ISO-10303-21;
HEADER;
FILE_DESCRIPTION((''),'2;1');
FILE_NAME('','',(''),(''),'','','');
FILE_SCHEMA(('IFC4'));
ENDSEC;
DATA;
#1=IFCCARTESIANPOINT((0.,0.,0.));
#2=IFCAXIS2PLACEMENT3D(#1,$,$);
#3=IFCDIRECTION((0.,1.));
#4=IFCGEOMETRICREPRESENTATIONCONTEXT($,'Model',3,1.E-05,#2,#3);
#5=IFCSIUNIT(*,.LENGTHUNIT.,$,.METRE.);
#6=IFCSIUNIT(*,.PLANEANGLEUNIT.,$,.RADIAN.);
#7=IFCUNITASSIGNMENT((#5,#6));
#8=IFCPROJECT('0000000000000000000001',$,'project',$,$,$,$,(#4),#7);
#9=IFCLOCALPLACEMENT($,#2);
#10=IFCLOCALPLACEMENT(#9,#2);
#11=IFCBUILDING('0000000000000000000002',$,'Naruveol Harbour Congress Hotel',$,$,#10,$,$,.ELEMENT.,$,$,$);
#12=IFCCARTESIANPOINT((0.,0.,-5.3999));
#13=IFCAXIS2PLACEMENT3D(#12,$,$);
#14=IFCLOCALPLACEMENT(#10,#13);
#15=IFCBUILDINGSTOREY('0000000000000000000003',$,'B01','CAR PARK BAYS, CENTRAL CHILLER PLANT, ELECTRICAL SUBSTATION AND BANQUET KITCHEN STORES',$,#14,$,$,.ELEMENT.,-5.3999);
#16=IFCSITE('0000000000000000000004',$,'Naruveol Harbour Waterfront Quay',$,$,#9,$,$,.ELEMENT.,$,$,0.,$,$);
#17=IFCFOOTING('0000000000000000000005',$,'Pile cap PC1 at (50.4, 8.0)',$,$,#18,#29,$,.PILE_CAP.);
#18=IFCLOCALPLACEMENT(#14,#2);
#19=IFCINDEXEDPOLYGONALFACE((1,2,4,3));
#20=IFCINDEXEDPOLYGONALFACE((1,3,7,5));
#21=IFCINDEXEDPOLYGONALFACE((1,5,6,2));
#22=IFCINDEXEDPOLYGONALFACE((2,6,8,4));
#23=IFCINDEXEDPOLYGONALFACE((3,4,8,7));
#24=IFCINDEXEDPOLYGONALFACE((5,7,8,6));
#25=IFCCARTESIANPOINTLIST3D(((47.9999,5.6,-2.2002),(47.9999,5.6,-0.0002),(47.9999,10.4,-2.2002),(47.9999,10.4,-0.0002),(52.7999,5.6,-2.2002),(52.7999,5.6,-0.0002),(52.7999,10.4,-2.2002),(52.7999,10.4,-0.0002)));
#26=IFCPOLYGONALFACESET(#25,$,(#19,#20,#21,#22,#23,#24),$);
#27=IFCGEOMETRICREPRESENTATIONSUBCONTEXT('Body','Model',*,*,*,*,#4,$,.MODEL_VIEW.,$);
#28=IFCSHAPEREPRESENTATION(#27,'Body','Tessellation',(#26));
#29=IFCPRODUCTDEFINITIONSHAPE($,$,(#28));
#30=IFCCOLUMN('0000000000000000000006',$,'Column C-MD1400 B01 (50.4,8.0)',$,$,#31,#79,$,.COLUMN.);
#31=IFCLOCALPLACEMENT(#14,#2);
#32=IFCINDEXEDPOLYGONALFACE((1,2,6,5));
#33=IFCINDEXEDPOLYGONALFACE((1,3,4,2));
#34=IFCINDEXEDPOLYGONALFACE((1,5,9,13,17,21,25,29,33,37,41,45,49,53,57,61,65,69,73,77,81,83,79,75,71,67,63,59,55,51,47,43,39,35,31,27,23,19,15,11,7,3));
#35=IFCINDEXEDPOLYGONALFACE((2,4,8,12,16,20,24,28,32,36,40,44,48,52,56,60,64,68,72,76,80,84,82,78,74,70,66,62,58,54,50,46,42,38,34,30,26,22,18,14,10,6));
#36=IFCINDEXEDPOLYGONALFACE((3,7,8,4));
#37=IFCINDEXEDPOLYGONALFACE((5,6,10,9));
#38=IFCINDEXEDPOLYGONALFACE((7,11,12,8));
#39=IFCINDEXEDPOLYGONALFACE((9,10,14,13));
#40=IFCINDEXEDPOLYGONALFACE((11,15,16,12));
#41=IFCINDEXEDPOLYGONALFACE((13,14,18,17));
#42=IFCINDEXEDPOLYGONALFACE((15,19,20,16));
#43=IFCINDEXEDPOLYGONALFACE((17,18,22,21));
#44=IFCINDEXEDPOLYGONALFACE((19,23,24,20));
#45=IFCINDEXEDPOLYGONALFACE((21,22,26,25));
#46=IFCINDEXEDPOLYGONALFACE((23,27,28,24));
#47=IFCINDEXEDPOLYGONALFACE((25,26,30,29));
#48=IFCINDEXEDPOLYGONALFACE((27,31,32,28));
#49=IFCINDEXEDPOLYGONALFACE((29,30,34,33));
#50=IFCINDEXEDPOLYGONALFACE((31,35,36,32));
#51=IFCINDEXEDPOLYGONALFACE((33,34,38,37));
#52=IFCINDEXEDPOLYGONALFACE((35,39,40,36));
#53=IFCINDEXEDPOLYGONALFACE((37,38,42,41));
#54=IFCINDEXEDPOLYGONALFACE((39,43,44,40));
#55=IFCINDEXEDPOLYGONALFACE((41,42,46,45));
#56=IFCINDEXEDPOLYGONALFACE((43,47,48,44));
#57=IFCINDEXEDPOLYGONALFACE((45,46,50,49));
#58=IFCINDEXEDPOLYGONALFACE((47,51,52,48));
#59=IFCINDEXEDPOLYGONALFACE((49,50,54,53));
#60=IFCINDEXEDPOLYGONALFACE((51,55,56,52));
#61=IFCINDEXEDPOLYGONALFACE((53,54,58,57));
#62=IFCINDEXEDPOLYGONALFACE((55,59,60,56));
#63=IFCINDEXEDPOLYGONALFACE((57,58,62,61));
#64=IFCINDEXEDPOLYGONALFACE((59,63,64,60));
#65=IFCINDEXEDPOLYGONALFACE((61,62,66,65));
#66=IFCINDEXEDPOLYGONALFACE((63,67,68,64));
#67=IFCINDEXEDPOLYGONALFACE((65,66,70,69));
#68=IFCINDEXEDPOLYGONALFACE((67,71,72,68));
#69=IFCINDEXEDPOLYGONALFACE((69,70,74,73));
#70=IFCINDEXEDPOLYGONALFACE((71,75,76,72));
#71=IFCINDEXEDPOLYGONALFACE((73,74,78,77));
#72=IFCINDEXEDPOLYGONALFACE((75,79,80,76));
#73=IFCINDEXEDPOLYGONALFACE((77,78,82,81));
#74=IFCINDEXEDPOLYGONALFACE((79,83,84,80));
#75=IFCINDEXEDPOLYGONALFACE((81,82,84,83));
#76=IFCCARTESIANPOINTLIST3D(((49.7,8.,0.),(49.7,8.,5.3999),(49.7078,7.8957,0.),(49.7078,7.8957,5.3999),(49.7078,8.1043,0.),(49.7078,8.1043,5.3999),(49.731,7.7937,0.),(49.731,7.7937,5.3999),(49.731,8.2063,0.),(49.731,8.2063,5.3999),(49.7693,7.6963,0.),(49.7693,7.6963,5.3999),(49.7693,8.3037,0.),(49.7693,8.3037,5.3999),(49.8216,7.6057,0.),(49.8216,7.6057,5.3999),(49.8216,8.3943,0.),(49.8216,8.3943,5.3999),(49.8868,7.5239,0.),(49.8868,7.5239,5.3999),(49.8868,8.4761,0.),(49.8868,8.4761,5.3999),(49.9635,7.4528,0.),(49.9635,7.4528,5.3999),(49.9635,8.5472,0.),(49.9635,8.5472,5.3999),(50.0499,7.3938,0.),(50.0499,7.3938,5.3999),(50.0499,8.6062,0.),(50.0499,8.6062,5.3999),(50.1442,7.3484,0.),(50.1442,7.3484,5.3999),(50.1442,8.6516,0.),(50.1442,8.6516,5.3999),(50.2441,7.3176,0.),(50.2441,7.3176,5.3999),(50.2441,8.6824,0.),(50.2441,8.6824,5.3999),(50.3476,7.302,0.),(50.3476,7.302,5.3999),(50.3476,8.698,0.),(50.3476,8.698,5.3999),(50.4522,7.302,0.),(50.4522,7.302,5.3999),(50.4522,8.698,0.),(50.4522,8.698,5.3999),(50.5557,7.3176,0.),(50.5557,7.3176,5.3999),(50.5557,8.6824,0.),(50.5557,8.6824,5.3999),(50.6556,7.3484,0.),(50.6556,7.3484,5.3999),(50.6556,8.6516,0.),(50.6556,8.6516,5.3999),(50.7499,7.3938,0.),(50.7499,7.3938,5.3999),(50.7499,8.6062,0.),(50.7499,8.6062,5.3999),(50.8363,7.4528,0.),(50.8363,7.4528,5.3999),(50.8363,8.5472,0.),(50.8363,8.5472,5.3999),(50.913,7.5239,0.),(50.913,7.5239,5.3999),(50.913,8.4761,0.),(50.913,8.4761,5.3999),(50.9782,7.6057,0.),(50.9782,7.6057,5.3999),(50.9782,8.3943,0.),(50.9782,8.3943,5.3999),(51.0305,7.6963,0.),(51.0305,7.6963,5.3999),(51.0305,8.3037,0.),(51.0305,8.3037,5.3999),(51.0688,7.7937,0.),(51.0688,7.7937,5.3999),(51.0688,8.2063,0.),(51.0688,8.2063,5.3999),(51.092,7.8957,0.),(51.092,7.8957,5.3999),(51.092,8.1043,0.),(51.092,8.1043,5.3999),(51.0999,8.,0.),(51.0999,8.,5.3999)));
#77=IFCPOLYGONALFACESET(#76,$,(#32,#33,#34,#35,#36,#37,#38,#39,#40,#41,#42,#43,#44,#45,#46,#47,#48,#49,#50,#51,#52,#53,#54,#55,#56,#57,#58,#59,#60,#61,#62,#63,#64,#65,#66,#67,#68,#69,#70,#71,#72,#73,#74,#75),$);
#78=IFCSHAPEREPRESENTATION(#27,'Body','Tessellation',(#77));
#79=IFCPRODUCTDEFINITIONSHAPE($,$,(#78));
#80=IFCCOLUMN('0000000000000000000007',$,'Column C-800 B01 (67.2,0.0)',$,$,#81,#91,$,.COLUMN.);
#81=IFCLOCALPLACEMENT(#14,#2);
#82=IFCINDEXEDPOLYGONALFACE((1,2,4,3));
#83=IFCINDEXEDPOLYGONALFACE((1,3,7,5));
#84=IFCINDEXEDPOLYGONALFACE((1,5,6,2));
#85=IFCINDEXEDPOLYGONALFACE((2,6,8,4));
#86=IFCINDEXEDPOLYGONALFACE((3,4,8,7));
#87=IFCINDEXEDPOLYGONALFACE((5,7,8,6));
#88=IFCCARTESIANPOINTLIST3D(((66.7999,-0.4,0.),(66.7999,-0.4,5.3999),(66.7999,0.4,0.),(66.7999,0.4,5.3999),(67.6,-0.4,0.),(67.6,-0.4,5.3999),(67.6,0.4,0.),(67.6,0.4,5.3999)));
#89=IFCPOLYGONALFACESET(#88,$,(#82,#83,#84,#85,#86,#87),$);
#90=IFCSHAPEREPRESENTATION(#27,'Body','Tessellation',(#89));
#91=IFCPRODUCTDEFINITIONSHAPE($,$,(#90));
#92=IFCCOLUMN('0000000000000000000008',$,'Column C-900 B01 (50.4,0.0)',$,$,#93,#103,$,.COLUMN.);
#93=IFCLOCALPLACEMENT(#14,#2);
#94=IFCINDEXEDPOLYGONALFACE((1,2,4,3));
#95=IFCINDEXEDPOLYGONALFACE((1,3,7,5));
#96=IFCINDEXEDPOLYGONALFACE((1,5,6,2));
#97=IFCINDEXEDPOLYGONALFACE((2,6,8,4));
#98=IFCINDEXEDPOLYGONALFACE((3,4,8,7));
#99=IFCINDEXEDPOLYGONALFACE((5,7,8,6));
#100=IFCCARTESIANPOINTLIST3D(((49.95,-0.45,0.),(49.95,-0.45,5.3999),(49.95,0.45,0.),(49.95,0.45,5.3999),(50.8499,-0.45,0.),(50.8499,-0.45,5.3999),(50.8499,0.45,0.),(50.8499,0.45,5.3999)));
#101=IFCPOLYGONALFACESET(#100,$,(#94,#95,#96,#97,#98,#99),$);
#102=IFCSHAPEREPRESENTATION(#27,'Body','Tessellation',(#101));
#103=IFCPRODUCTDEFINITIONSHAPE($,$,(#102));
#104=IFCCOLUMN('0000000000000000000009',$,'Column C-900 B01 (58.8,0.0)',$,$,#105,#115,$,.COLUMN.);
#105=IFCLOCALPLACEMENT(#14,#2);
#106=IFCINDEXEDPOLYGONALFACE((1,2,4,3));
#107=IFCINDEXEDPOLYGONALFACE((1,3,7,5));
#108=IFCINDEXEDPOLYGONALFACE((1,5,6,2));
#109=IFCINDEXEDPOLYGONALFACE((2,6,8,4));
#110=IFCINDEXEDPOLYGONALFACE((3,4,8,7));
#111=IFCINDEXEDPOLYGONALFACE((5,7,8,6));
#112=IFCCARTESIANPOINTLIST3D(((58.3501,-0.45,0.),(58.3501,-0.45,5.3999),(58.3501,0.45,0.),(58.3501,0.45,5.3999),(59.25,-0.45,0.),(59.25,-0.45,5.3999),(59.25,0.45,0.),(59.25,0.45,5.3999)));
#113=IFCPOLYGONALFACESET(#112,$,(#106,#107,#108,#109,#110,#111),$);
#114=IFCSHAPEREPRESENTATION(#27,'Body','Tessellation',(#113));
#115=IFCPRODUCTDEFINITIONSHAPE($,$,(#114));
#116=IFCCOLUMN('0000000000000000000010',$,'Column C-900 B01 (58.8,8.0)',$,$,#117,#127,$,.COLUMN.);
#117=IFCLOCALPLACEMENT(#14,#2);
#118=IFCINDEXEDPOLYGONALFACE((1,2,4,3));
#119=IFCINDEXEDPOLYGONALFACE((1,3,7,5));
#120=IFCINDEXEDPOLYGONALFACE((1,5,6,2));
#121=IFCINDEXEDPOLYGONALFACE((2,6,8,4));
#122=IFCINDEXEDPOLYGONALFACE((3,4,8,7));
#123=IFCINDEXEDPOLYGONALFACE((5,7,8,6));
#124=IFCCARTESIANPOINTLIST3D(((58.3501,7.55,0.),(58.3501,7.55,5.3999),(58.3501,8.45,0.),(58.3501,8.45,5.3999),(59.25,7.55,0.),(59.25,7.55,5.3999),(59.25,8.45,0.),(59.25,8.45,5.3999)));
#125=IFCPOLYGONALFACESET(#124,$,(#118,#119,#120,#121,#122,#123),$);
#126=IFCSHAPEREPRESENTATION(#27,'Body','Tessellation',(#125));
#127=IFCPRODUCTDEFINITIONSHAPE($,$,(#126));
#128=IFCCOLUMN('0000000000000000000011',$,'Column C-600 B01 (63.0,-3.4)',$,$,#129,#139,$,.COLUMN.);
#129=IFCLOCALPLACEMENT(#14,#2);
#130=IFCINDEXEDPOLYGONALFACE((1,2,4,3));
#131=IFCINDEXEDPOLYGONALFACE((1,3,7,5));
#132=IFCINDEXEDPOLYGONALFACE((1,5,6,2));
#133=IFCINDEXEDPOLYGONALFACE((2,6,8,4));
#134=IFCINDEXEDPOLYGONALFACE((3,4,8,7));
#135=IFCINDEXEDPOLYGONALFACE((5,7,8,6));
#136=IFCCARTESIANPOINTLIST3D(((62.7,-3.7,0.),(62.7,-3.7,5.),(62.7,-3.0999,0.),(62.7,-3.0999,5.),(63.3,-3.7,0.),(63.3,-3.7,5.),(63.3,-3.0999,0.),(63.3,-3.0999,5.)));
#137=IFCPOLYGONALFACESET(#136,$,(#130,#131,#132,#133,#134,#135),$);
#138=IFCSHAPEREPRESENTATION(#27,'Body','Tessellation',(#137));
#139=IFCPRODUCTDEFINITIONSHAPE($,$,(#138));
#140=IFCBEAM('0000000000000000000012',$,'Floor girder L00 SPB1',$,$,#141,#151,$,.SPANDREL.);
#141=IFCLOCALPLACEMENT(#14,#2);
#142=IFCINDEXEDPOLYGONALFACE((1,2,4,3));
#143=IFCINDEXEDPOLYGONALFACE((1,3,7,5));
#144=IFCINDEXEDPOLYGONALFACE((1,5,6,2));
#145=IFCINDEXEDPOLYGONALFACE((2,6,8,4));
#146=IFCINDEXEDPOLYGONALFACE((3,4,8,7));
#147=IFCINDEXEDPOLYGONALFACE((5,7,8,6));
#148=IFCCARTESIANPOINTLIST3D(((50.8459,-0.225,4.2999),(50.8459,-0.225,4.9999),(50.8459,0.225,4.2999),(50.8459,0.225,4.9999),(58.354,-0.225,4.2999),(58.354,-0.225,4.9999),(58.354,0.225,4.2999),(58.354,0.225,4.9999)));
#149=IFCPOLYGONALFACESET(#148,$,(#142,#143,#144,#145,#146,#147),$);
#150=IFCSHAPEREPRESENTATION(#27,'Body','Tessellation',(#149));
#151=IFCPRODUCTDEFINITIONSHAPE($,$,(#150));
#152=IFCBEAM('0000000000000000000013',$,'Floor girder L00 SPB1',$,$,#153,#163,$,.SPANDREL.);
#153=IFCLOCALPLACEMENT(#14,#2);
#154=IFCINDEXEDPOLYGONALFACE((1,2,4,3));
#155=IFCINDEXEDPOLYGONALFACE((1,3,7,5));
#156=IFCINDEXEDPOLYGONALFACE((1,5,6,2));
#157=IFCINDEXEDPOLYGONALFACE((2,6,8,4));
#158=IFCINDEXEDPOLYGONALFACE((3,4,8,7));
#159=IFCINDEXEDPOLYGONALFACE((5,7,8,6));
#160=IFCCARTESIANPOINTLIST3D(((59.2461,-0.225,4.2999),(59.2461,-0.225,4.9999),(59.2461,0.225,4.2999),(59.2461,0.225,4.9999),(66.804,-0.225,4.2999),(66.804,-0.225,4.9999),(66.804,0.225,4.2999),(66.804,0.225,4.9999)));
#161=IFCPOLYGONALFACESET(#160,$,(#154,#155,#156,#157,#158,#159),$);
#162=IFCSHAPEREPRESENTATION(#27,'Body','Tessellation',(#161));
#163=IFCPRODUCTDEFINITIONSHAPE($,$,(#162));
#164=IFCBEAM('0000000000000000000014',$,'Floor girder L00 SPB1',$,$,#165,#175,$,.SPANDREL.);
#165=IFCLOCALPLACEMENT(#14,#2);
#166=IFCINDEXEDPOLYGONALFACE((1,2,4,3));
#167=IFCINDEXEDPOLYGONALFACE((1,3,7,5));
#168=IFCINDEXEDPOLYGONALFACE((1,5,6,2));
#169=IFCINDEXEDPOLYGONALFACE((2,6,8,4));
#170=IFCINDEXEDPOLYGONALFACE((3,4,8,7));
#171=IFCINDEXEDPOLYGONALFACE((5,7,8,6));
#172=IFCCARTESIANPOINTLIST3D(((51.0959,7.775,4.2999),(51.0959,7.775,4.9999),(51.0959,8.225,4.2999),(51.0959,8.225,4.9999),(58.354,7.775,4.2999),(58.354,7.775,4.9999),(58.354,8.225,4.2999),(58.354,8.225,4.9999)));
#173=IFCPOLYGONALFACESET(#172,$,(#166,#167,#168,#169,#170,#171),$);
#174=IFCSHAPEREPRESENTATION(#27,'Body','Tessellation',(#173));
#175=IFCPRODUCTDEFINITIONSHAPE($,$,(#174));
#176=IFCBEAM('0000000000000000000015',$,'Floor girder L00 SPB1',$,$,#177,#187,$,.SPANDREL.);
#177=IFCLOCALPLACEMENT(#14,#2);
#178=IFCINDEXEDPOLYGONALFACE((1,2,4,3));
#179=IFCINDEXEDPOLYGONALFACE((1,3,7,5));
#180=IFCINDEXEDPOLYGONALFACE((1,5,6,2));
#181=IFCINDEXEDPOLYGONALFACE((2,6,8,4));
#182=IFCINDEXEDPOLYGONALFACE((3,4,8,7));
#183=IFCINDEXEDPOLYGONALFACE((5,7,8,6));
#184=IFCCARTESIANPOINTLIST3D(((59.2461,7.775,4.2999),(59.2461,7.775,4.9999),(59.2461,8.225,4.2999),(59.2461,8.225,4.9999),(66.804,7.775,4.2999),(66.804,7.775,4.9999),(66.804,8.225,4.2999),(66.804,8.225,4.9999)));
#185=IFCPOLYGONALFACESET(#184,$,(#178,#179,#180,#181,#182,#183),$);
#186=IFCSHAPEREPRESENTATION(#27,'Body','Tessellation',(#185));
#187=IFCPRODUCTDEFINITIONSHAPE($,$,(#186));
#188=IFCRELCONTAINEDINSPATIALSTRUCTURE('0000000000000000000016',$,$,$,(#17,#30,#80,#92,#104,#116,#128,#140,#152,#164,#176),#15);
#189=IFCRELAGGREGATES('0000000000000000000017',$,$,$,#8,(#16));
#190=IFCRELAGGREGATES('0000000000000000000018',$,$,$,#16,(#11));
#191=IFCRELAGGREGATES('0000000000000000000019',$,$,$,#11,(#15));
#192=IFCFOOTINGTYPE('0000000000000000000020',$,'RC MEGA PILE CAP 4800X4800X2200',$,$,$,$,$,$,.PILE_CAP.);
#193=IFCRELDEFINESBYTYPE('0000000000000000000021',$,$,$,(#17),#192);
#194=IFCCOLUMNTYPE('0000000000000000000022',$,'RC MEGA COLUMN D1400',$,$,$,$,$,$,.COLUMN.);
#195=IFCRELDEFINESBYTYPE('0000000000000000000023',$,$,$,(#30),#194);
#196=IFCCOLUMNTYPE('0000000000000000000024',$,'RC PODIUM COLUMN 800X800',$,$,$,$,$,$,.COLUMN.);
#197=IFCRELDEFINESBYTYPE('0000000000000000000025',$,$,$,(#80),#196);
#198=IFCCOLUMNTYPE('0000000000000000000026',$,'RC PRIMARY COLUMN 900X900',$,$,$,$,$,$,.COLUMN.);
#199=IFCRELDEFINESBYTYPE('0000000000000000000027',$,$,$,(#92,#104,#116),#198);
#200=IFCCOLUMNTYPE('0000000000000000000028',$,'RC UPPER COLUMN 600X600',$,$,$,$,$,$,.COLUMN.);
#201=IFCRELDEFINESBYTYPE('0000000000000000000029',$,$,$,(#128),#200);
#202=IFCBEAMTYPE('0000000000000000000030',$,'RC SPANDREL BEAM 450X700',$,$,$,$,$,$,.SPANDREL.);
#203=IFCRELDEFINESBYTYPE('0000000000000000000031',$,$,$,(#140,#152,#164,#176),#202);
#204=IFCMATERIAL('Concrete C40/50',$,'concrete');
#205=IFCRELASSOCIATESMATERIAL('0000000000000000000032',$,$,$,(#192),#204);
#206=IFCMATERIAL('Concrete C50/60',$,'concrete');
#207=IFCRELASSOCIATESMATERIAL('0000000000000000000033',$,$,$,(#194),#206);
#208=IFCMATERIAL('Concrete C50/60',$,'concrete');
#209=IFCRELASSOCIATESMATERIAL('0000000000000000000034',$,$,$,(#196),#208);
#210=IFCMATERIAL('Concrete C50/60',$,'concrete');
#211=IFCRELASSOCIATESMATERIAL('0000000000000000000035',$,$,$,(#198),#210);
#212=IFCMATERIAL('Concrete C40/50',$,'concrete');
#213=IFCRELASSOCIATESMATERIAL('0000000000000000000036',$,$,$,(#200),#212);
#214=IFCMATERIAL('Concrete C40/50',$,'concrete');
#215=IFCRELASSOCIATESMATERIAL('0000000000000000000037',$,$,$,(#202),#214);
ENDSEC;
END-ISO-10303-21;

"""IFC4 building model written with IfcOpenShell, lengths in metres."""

from ifc_helpers import new_model, si_unit, direction, frame, origin, origin_2d, place, context, subcontext, project, spatial, rectangle, circle, extrude, material, material_profile, profile_set, type_object, element, save


model = new_model("IFC4")

# Units and contexts
model_context = context("Model", 3, precision=1e-05, world=origin(), true_north=direction((0.0, 1.0)))
body_context = subcontext(model_context, "Body", "Model", "MODEL_VIEW")
ifc_project = project(units=[si_unit("LENGTHUNIT", "METRE"), si_unit("PLANEANGLEUNIT", "RADIAN")], contexts=[model_context])

# Site, building, storey
site_placement = place(None, origin())
site = spatial("IfcSite", under=ifc_project, at=site_placement, Name="Naruveol Harbour Waterfront Quay", CompositionType="ELEMENT", RefElevation=0.0)
building_placement = place(site_placement, origin())
building = spatial("IfcBuilding", under=site, at=building_placement, Name="Naruveol Harbour Congress Hotel", CompositionType="ELEMENT")
storey_placement = place(building_placement, frame((0.0, 0.0, -5.3999)))
storey = spatial("IfcBuildingStorey", under=building, at=storey_placement, Name="B01", Description="CAR PARK BAYS, CENTRAL CHILLER PLANT, ELECTRICAL SUBSTATION AND BANQUET KITCHEN STORES", CompositionType="ELEMENT", Elevation=-5.3999)

# Footing
ifc_material_1 = material(Name="Concrete C40/50", Category="concrete")
footing_type_1 = type_object("IfcFootingType", Name="RC MEGA PILE CAP 4800X4800X2200", PredefinedType="PILE_CAP", material=ifc_material_1)
footing_1_placement = place(storey_placement, frame((50.3999, 8.0, -2.2002), z_axis=(0.0, 0.0, 1.0), x_axis=(1.0, 0.0, 0.0)))
element("IfcFooting", 1, at=footing_1_placement, inside=storey, type_object=footing_type_1, Name="Pile cap PC1 at (50.4, 8.0)", PredefinedType="PILE_CAP", context=body_context, shape_type="SweptSolid", body=[
    extrude(rectangle(XDim=4.8, YDim=4.8, at=origin_2d()), origin(), (0.0, 0.0, 1.0), 2.2),
])

# Columns
ifc_material_2 = material(Name="Concrete C50/60", Category="concrete")
ifc_material_profile_1 = material_profile(ifc_material_2, circle(Radius=0.7, at=origin_2d()), Name="RC-D1400")
ifc_profile_set_1 = profile_set([ifc_material_profile_1], Name="Concrete C50/60")
column_type_1 = type_object("IfcColumnType", Name="RC MEGA COLUMN D1400", PredefinedType="COLUMN", material=ifc_profile_set_1)
column_1_placement = place(storey_placement, frame((50.3999, 8.0, 0.0), z_axis=(0.0, 0.0, 1.0), x_axis=(1.0, 0.0, 0.0)))
element("IfcColumn", 2, at=column_1_placement, inside=storey, type_object=column_type_1, Name="Column C-MD1400 B01 (50.4,8.0)", PredefinedType="COLUMN", context=body_context, shape_type="SweptSolid", body=[
    extrude(circle(Radius=0.7, at=origin_2d()), origin(), (0.0, 0.0, 1.0), 5.3999),
])
ifc_material_3 = material(Name="Concrete C50/60", Category="concrete")
ifc_material_profile_2 = material_profile(ifc_material_3, rectangle(XDim=0.8, YDim=0.8, at=origin_2d()), Name="RC-800x800")
ifc_profile_set_2 = profile_set([ifc_material_profile_2], Name="Concrete C50/60")
column_type_2 = type_object("IfcColumnType", Name="RC PODIUM COLUMN 800X800", PredefinedType="COLUMN", material=ifc_profile_set_2)
column_2_placement = place(storey_placement, frame((67.2, 0.0, 0.0), z_axis=(0.0, 0.0, 1.0), x_axis=(1.0, 0.0, 0.0)))
element("IfcColumn", 3, at=column_2_placement, inside=storey, type_object=column_type_2, Name="Column C-800 B01 (67.2,0.0)", PredefinedType="COLUMN", context=body_context, shape_type="SweptSolid", body=[
    extrude(rectangle(XDim=0.8, YDim=0.8, at=origin_2d()), origin(), (0.0, 0.0, 1.0), 5.3999),
])
ifc_material_4 = material(Name="Concrete C50/60", Category="concrete")
ifc_material_profile_3 = material_profile(ifc_material_4, rectangle(XDim=0.8999, YDim=0.8999, at=origin_2d()), Name="RC-900x900")
ifc_profile_set_3 = profile_set([ifc_material_profile_3], Name="Concrete C50/60")
column_type_3 = type_object("IfcColumnType", Name="RC PRIMARY COLUMN 900X900", PredefinedType="COLUMN", material=ifc_profile_set_3)
for number, where, z_axis, x_axis, name in (
    (4, (50.3999, 0.0, 0.0), (0.0, 0.0, 1.0), (1.0, 0.0, 0.0), "Column C-900 B01 (50.4,0.0)"),
    (5, (58.8, 0.0, 0.0), (0.0, 0.0, 1.0), (1.0, 0.0, 0.0), "Column C-900 B01 (58.8,0.0)"),
    (6, (58.8, 8.0, 0.0), (0.0, 0.0, 1.0), (1.0, 0.0, 0.0), "Column C-900 B01 (58.8,8.0)"),
):
    element("IfcColumn", number, at=place(storey_placement, frame(where, z_axis=z_axis, x_axis=x_axis)), inside=storey, type_object=column_type_3, Name=name, PredefinedType="COLUMN", context=body_context, shape_type="SweptSolid", body=[
        extrude(rectangle(XDim=0.8999, YDim=0.8999, at=origin_2d()), origin(), (0.0, 0.0, 1.0), 5.3999),
    ])
ifc_material_5 = material(Name="Concrete C40/50", Category="concrete")
ifc_material_profile_4 = material_profile(ifc_material_5, rectangle(XDim=0.6001, YDim=0.6001, at=origin_2d()), Name="RC-600x600")
ifc_profile_set_4 = profile_set([ifc_material_profile_4], Name="Concrete C40/50")
column_type_4 = type_object("IfcColumnType", Name="RC UPPER COLUMN 600X600", PredefinedType="COLUMN", material=ifc_profile_set_4)
column_3_placement = place(storey_placement, frame((63.0, -3.3999, 0.0), z_axis=(0.0, 0.0, 1.0), x_axis=(1.0, 0.0, 0.0)))
element("IfcColumn", 7, at=column_3_placement, inside=storey, type_object=column_type_4, Name="Column C-600 B01 (63.0,-3.4)", PredefinedType="COLUMN", context=body_context, shape_type="SweptSolid", body=[
    extrude(rectangle(XDim=0.6001, YDim=0.6001, at=origin_2d()), origin(), (0.0, 0.0, 1.0), 5.0),
])

# Beams
ifc_material_6 = material(Name="Concrete C40/50", Category="concrete")
ifc_material_profile_5 = material_profile(ifc_material_6, rectangle(XDim=0.45, YDim=0.7, at=origin_2d()), Name="RCB-450x700")
ifc_profile_set_5 = profile_set([ifc_material_profile_5], Name="Concrete C40/50")
beam_type_1 = type_object("IfcBeamType", Name="RC SPANDREL BEAM 450X700", PredefinedType="SPANDREL", material=ifc_profile_set_5)
beam_1_placement = place(storey_placement, frame((50.8459, 0.0, 4.6499), z_axis=(1.0, 0.0, 0.0), x_axis=(0.0, 1.0, 0.0)))
element("IfcBeam", 8, at=beam_1_placement, inside=storey, type_object=beam_type_1, Name="Floor girder L00 SPB1", PredefinedType="SPANDREL", context=body_context, shape_type="SweptSolid", body=[
    extrude(rectangle(XDim=0.45, YDim=0.7, at=origin_2d()), origin(), (0.0, 0.0, 1.0), 7.5081),
])
beam_2_placement = place(storey_placement, frame((59.2461, 0.0, 4.6499), z_axis=(1.0, 0.0, 0.0), x_axis=(0.0, 1.0, 0.0)))
element("IfcBeam", 9, at=beam_2_placement, inside=storey, type_object=beam_type_1, Name="Floor girder L00 SPB1", PredefinedType="SPANDREL", context=body_context, shape_type="SweptSolid", body=[
    extrude(rectangle(XDim=0.45, YDim=0.7, at=origin_2d()), origin(), (0.0, 0.0, 1.0), 7.5579),
])
beam_3_placement = place(storey_placement, frame((51.0959, 8.0, 4.6499), z_axis=(1.0, 0.0, 0.0), x_axis=(0.0, 1.0, 0.0)))
element("IfcBeam", 10, at=beam_3_placement, inside=storey, type_object=beam_type_1, Name="Floor girder L00 SPB1", PredefinedType="SPANDREL", context=body_context, shape_type="SweptSolid", body=[
    extrude(rectangle(XDim=0.45, YDim=0.7, at=origin_2d()), origin(), (0.0, 0.0, 1.0), 7.2581),
])
beam_4_placement = place(storey_placement, frame((59.2461, 8.0, 4.6499), z_axis=(1.0, 0.0, 0.0), x_axis=(0.0, 1.0, 0.0)))
element("IfcBeam", 11, at=beam_4_placement, inside=storey, type_object=beam_type_1, Name="Floor girder L00 SPB1", PredefinedType="SPANDREL", context=body_context, shape_type="SweptSolid", body=[
    extrude(rectangle(XDim=0.45, YDim=0.7, at=origin_2d()), origin(), (0.0, 0.0, 1.0), 7.5579),
])

save(model, "model.ifc")
